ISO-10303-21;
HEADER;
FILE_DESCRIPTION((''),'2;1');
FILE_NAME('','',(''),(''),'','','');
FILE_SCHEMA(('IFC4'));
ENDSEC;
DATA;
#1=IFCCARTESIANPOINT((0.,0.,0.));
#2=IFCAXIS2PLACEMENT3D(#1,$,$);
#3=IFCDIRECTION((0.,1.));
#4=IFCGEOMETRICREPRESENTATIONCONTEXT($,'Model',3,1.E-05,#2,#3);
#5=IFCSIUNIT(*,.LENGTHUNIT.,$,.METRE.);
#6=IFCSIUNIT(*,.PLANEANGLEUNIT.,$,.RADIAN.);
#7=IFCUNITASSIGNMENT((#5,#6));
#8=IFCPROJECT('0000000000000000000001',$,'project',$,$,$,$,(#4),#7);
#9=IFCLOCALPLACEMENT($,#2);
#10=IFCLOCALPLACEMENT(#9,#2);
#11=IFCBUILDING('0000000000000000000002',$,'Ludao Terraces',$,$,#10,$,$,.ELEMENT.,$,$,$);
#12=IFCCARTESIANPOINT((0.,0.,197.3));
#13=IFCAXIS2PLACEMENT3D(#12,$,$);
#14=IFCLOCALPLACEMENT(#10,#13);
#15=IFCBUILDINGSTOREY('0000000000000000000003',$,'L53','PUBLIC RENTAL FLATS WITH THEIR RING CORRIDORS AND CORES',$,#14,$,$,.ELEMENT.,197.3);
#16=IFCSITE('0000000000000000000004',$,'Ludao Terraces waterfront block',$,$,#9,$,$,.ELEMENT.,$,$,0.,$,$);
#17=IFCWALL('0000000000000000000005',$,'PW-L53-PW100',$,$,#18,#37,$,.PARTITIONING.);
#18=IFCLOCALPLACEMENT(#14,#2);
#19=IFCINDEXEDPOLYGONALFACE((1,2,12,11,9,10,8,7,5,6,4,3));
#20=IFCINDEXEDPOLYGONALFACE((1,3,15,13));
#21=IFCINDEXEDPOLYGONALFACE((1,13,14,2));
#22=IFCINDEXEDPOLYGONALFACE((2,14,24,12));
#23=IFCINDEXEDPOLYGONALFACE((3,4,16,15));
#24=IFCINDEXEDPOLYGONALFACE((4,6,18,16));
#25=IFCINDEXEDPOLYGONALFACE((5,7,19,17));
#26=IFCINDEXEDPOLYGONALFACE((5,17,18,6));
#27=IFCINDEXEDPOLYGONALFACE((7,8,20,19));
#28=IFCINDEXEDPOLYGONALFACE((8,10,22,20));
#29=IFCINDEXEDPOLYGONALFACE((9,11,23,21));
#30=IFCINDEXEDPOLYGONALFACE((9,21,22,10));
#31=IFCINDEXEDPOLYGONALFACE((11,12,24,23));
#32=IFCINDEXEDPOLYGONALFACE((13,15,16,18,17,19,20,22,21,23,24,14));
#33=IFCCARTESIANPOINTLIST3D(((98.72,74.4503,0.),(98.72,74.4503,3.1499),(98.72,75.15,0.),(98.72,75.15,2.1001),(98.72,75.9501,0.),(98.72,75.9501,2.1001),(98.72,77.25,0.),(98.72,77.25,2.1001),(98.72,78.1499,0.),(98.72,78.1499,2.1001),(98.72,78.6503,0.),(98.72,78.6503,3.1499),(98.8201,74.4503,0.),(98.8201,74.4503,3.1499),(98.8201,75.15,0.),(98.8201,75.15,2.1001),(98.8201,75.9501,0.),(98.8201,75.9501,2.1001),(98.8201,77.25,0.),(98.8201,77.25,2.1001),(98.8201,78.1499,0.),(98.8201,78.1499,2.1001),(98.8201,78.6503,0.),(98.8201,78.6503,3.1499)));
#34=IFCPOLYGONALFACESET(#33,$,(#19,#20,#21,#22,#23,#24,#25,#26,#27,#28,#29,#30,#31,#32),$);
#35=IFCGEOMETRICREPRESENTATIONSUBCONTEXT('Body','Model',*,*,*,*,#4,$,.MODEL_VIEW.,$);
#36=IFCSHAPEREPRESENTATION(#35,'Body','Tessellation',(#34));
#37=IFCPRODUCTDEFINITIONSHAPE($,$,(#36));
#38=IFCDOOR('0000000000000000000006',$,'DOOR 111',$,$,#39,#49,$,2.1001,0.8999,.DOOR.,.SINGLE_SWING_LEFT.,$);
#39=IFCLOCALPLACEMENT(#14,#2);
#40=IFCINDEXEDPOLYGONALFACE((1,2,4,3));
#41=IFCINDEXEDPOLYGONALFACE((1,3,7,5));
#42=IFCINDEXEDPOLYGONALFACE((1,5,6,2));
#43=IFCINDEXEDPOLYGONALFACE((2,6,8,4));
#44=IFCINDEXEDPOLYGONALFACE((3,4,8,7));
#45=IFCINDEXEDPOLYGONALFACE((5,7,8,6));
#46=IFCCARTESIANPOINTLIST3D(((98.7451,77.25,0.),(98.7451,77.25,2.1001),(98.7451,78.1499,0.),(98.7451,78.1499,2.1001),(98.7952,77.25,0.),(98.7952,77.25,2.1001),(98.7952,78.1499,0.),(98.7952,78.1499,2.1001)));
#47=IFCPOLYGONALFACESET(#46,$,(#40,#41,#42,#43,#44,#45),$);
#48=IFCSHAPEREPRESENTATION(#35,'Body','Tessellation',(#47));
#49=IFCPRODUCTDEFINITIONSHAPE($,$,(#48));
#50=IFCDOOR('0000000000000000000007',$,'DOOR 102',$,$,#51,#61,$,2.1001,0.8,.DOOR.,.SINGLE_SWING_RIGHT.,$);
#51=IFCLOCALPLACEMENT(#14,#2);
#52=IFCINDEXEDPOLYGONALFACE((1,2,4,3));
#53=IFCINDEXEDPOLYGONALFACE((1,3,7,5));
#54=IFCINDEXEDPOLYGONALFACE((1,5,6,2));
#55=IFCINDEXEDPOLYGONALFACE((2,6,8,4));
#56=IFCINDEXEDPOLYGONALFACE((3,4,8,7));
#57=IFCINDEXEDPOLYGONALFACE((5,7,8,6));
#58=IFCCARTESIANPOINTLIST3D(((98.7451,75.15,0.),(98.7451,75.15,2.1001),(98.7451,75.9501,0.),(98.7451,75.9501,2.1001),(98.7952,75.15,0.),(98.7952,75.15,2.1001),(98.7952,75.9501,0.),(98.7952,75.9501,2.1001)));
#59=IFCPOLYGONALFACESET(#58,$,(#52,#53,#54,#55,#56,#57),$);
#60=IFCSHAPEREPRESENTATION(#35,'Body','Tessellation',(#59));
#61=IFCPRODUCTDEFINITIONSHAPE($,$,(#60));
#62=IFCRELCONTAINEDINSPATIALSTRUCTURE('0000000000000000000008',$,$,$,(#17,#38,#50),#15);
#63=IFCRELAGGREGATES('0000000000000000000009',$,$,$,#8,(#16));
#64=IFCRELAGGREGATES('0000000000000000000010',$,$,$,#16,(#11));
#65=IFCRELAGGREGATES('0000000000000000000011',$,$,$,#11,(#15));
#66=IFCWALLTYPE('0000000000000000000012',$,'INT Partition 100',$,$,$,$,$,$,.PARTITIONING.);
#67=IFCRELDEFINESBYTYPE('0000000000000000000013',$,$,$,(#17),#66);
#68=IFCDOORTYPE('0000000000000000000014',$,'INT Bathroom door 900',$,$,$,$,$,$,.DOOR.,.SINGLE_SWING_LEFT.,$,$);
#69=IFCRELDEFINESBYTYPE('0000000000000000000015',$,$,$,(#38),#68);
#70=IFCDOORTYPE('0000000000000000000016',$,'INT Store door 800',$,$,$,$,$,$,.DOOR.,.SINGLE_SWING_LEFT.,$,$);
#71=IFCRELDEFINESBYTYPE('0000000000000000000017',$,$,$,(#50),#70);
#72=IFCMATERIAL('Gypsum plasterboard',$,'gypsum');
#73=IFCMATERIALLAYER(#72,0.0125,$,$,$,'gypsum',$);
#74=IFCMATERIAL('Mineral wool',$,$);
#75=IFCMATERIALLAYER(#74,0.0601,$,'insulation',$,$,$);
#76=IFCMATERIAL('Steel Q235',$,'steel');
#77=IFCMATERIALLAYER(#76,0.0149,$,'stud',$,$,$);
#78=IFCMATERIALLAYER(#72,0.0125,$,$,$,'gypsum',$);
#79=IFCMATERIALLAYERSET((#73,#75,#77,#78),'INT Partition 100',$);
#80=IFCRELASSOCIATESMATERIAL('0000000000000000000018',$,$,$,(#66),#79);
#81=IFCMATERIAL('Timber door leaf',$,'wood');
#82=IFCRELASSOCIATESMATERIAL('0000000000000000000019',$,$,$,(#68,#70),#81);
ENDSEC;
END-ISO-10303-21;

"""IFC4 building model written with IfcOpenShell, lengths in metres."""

from ifc_helpers import new_model, si_unit, direction, frame, frame_2d, origin, place, context, subcontext, project, spatial, rectangle, extrude, material, layer, layer_set, type_object, element, fill, save


model = new_model("IFC4")

# Units and contexts
model_context = context("Model", 3, precision=1e-05, world=origin(), true_north=direction((0.0, 1.0)))
body_context = subcontext(model_context, "Body", "Model", "MODEL_VIEW")
ifc_project = project(units=[si_unit("LENGTHUNIT", "METRE"), si_unit("PLANEANGLEUNIT", "RADIAN")], contexts=[model_context])

# Site, building, storey
site_placement = place(None, origin())
site = spatial("IfcSite", under=ifc_project, at=site_placement, Name="Ludao Terraces waterfront block", CompositionType="ELEMENT", RefElevation=0.0)
building_placement = place(site_placement, origin())
building = spatial("IfcBuilding", under=site, at=building_placement, Name="Ludao Terraces", CompositionType="ELEMENT")
storey_placement = place(building_placement, frame((0.0, 0.0, 197.3)))
storey = spatial("IfcBuildingStorey", under=building, at=storey_placement, Name="L53", Description="PUBLIC RENTAL FLATS WITH THEIR RING CORRIDORS AND CORES", CompositionType="ELEMENT", Elevation=197.3)

# Shared definitions
ifc_material_1 = material(Name="Mineral wool")

# Shared definitions
ifc_material_2 = material(Name="Gypsum plasterboard", Category="gypsum")
ifc_layer_1 = layer(ifc_material_2, 0.0125, Category="gypsum")
ifc_layer_2 = layer(ifc_material_1, 0.0601, Name="insulation")
ifc_material_3 = material(Name="Steel Q235", Category="steel")
ifc_layer_3 = layer(ifc_material_3, 0.0149, Name="stud")
ifc_layer_4 = layer(ifc_material_2, 0.0125, Category="gypsum")
ifc_layer_set_1 = layer_set([ifc_layer_1, ifc_layer_2, ifc_layer_3, ifc_layer_4], Name="INT Partition 100")
wall_type_1 = type_object("IfcWallType", Name="INT Partition 100", PredefinedType="PARTITIONING", material=ifc_layer_set_1)

# Wall, openings, doors
wall_1_placement = place(storey_placement, frame((98.77, 74.4502, 0.0), z_axis=(0.0, 0.0, 1.0), x_axis=(0.0, 1.0, 0.0)))
wall_1 = element("IfcWall", 1, at=wall_1_placement, inside=storey, type_object=wall_type_1, Name="PW-L53-PW100", PredefinedType="PARTITIONING", context=body_context, shape_type="SweptSolid", body=[
    extrude(rectangle(XDim=4.2, YDim=0.1001, at=frame_2d((2.1001, 0.0))), origin(), (0.0, 0.0, 1.0), 3.1499),
])
opening_1_placement = place(wall_1_placement, frame((0.7, 0.0, 0.0)))
opening_1 = element("IfcOpeningElement", 2, at=opening_1_placement, cuts=wall_1, PredefinedType="OPENING", context=body_context, shape_type="SweptSolid", body=[
    extrude(rectangle(XDim=0.8, YDim=2.1001, at=frame_2d((0.3999, 1.05))), frame((0.0, 0.0601, 0.0), z_axis=(0.0, -1.0, 0.0), x_axis=(1.0, 0.0, 0.0)), (0.0, 0.0, 1.0), 0.1201),
])
opening_2_placement = place(wall_1_placement, frame((2.7998, 0.0, 0.0)))
opening_2 = element("IfcOpeningElement", 3, at=opening_2_placement, cuts=wall_1, PredefinedType="OPENING", context=body_context, shape_type="SweptSolid", body=[
    extrude(rectangle(XDim=0.8999, YDim=2.1001, at=frame_2d((0.45, 1.05))), frame((0.0, 0.0601, 0.0), z_axis=(0.0, -1.0, 0.0), x_axis=(1.0, 0.0, 0.0)), (0.0, 0.0, 1.0), 0.1201),
])
ifc_material_4 = material(Name="Timber door leaf", Category="wood")
door_type_1 = type_object("IfcDoorType", Name="INT Bathroom door 900", OperationType="SINGLE_SWING_LEFT", PredefinedType="DOOR", material=ifc_material_4)
door_1_placement = place(opening_2_placement, origin())
door_1 = element("IfcDoor", 4, at=door_1_placement, inside=storey, type_object=door_type_1, Name="DOOR 111", OperationType="SINGLE_SWING_LEFT", OverallHeight=2.1001, OverallWidth=0.8999, PredefinedType="DOOR", context=body_context, shape_type="SweptSolid", body=[
    extrude(rectangle(XDim=0.8999, YDim=2.1001, at=frame_2d((0.45, 1.05))), frame((0.0, 0.0249, 0.0), z_axis=(0.0, -1.0, 0.0), x_axis=(1.0, 0.0, 0.0)), (0.0, 0.0, 1.0), 0.05),
])
fill(opening_2, door_1)
door_type_2 = type_object("IfcDoorType", Name="INT Store door 800", OperationType="SINGLE_SWING_LEFT", PredefinedType="DOOR", material=ifc_material_4)
door_2_placement = place(opening_1_placement, origin())
door_2 = element("IfcDoor", 5, at=door_2_placement, inside=storey, type_object=door_type_2, Name="DOOR 102", OperationType="SINGLE_SWING_RIGHT", OverallHeight=2.1001, OverallWidth=0.8, PredefinedType="DOOR", context=body_context, shape_type="SweptSolid", body=[
    extrude(rectangle(XDim=0.8, YDim=2.1001, at=frame_2d((0.3999, 1.05))), frame((0.0, 0.0249, 0.0), z_axis=(0.0, -1.0, 0.0), x_axis=(1.0, 0.0, 0.0)), (0.0, 0.0, 1.0), 0.05),
])
fill(opening_1, door_2)

save(model, "model.ifc")
